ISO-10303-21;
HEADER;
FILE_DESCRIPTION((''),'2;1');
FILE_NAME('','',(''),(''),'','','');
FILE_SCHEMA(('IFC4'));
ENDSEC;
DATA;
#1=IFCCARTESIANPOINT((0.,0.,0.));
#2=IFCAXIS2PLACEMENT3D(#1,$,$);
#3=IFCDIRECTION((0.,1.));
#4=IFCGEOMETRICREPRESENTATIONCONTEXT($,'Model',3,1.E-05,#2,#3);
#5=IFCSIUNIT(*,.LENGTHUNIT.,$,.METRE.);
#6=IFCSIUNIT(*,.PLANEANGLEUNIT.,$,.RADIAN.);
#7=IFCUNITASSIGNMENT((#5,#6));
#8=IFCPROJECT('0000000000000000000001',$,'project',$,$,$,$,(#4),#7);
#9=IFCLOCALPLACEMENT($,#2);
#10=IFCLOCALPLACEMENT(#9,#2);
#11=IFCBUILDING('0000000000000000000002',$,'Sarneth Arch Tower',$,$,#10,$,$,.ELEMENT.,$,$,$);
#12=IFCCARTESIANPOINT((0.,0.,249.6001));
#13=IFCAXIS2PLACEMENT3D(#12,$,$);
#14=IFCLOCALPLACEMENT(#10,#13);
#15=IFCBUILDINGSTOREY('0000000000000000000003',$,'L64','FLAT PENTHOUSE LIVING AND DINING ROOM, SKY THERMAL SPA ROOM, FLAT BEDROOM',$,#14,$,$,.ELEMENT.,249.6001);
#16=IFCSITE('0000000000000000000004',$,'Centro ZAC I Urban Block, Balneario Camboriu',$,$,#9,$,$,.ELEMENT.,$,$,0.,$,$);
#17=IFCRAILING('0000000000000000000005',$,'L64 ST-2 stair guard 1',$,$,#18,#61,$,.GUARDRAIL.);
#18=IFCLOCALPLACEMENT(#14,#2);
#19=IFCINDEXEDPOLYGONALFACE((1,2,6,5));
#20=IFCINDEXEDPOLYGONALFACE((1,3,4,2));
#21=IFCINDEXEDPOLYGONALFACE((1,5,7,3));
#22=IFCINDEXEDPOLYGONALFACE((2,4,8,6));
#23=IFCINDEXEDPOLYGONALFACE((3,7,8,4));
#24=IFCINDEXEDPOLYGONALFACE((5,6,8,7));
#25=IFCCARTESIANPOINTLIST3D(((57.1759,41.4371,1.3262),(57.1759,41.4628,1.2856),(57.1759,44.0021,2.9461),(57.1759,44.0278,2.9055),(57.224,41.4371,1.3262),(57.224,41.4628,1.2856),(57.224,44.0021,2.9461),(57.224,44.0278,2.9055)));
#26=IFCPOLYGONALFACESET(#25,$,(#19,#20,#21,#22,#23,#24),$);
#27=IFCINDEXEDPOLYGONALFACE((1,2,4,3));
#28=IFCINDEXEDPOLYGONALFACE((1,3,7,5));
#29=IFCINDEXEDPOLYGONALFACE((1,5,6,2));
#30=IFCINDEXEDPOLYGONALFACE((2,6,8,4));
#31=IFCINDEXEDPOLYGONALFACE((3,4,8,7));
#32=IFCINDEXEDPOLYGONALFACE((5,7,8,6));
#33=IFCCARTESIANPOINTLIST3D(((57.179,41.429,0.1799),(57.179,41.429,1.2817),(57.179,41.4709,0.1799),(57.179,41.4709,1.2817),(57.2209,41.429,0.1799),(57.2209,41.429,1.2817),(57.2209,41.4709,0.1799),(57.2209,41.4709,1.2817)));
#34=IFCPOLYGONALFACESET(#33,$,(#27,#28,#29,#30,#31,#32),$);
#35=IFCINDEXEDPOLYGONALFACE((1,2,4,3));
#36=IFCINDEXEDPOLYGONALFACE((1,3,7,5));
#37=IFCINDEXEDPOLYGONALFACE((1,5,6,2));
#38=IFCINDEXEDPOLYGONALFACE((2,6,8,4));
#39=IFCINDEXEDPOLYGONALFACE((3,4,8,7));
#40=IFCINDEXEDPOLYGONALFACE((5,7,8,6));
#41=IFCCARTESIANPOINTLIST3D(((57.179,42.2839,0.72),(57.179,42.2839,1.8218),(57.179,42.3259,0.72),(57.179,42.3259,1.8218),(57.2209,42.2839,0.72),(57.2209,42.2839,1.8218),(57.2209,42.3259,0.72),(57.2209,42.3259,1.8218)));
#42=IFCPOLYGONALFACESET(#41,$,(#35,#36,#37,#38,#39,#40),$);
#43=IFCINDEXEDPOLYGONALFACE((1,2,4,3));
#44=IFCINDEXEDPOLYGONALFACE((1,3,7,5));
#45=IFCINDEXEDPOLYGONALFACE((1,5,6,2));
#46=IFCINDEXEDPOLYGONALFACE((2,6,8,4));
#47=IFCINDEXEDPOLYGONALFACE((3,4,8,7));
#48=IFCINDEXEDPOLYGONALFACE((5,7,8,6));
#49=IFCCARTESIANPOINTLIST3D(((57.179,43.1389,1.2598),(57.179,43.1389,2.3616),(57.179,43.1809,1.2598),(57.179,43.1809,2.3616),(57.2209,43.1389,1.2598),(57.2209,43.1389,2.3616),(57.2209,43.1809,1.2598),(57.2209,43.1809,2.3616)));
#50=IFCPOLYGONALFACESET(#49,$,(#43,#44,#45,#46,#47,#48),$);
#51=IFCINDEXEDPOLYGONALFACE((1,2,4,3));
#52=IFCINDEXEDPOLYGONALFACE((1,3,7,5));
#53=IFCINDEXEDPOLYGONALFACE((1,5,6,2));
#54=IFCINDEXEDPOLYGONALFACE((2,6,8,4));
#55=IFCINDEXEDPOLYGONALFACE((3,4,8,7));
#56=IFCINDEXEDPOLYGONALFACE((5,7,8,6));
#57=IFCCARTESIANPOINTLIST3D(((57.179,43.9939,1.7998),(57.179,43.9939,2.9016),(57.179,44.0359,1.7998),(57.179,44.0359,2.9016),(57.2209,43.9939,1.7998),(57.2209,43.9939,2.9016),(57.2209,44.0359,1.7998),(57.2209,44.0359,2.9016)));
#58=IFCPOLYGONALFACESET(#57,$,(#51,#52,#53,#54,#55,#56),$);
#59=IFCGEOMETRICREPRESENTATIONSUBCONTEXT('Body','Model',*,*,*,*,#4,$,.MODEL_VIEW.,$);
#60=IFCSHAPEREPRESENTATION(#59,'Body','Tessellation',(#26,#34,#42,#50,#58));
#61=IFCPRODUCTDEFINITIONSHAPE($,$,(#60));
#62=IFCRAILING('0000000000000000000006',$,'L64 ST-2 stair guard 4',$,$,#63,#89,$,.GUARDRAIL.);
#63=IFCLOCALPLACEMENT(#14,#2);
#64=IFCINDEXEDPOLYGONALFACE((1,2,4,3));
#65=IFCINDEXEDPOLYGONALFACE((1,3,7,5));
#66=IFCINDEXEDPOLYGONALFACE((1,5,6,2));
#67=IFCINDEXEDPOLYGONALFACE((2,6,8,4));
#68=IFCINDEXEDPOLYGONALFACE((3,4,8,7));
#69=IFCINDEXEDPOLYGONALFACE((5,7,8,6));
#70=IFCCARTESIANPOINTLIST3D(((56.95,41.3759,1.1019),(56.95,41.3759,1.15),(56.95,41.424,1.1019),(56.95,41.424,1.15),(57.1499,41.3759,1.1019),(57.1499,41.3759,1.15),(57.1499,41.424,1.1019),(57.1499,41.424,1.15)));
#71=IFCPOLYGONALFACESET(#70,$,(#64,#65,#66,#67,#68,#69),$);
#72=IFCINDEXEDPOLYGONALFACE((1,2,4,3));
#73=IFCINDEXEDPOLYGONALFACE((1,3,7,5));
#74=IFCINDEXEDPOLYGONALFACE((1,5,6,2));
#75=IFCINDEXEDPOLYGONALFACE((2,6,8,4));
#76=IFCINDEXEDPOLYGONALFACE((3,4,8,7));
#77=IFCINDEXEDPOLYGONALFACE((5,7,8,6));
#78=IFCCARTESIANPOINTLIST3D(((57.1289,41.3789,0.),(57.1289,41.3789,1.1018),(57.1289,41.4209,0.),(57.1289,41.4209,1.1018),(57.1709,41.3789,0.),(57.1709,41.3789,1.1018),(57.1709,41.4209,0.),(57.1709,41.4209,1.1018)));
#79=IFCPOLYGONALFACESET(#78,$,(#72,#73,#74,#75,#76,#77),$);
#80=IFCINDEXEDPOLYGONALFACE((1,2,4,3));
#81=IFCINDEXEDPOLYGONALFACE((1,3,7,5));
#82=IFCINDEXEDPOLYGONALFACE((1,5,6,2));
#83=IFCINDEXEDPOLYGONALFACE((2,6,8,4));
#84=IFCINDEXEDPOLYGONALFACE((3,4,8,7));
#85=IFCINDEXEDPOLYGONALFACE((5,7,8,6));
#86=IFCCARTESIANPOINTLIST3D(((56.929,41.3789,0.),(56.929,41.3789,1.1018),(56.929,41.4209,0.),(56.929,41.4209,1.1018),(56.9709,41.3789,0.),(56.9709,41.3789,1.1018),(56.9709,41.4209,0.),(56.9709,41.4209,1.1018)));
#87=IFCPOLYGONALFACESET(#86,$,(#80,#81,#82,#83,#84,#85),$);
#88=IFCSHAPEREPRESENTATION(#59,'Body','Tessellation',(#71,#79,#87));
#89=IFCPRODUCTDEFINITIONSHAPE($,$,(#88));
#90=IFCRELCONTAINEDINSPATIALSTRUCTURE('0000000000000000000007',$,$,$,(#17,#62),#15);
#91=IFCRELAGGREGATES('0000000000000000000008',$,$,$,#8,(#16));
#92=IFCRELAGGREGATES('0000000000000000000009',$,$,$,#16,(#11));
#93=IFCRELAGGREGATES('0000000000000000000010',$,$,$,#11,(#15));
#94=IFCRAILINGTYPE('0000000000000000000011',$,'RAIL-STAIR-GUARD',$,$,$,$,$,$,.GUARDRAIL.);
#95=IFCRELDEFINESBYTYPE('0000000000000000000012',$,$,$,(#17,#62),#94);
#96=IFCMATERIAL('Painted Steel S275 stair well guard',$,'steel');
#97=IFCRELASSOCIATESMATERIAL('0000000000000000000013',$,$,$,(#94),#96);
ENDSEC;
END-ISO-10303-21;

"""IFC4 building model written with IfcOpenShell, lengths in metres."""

from ifc_helpers import new_model, si_unit, direction, frame, origin, origin_2d, place, context, subcontext, project, spatial, rectangle, extrude, material, type_object, element, save


model = new_model("IFC4")

# Units and contexts
model_context = context("Model", 3, precision=1e-05, world=origin(), true_north=direction((0.0, 1.0)))
body_context = subcontext(model_context, "Body", "Model", "MODEL_VIEW")
ifc_project = project(units=[si_unit("LENGTHUNIT", "METRE"), si_unit("PLANEANGLEUNIT", "RADIAN")], contexts=[model_context])

# Site, building, storey
site_placement = place(None, origin())
site = spatial("IfcSite", under=ifc_project, at=site_placement, Name="Centro ZAC I Urban Block, Balneario Camboriu", CompositionType="ELEMENT", RefElevation=0.0)
building_placement = place(site_placement, origin())
building = spatial("IfcBuilding", under=site, at=building_placement, Name="Sarneth Arch Tower", CompositionType="ELEMENT")
storey_placement = place(building_placement, frame((0.0, 0.0, 249.6001)))
storey = spatial("IfcBuildingStorey", under=building, at=storey_placement, Name="L64", Description="FLAT PENTHOUSE LIVING AND DINING ROOM, SKY THERMAL SPA ROOM, FLAT BEDROOM", CompositionType="ELEMENT", Elevation=249.6001)

# Railings
ifc_material_1 = material(Name="Painted Steel S275 stair well guard", Category="steel")
railing_type_1 = type_object("IfcRailingType", Name="RAIL-STAIR-GUARD", PredefinedType="GUARDRAIL", material=ifc_material_1)
railing_1_placement = place(storey_placement, frame((57.2, 41.45, 0.1799)))
element("IfcRailing", 1, at=railing_1_placement, inside=storey, type_object=railing_type_1, Name="L64 ST-2 stair guard 1", PredefinedType="GUARDRAIL", context=body_context, shape_type="SweptSolid", body=[
    extrude(rectangle(XDim=0.0481, YDim=0.0481, at=origin_2d()), frame((0.0, 0.0, 1.126), z_axis=(0.0, 0.845502, 0.533972), x_axis=(-1.0, 0.0, 0.0)), (0.0, 0.0, 1.0), 3.0337),
    extrude(rectangle(XDim=0.042, YDim=0.042, at=origin_2d()), origin(), (0.0, 0.0, 1.0), 1.1018),
    extrude(rectangle(XDim=0.042, YDim=0.042, at=origin_2d()), frame((0.0, 0.855, 0.54)), (0.0, 0.0, 1.0), 1.1018),
    extrude(rectangle(XDim=0.042, YDim=0.042, at=origin_2d()), frame((0.0, 1.71, 1.0798)), (0.0, 0.0, 1.0), 1.1018),
    extrude(rectangle(XDim=0.042, YDim=0.042, at=origin_2d()), frame((0.0, 2.5649, 1.6199)), (0.0, 0.0, 1.0), 1.1018),
])
railing_2_placement = place(storey_placement, frame((57.1499, 41.3999, 0.0)))
element("IfcRailing", 2, at=railing_2_placement, inside=storey, type_object=railing_type_1, Name="L64 ST-2 stair guard 4", PredefinedType="GUARDRAIL", context=body_context, shape_type="SweptSolid", body=[
    extrude(rectangle(XDim=0.0481, YDim=0.0481, at=origin_2d()), frame((0.0, 0.0, 1.126), z_axis=(-1.0, 0.0, 0.0), x_axis=(0.0, -1.0, 0.0)), (0.0, 0.0, 1.0), 0.2),
    extrude(rectangle(XDim=0.042, YDim=0.042, at=origin_2d()), origin(), (0.0, 0.0, 1.0), 1.1018),
    extrude(rectangle(XDim=0.042, YDim=0.042, at=origin_2d()), frame((-0.2, 0.0, 0.0)), (0.0, 0.0, 1.0), 1.1018),
])

save(model, "model.ifc")
